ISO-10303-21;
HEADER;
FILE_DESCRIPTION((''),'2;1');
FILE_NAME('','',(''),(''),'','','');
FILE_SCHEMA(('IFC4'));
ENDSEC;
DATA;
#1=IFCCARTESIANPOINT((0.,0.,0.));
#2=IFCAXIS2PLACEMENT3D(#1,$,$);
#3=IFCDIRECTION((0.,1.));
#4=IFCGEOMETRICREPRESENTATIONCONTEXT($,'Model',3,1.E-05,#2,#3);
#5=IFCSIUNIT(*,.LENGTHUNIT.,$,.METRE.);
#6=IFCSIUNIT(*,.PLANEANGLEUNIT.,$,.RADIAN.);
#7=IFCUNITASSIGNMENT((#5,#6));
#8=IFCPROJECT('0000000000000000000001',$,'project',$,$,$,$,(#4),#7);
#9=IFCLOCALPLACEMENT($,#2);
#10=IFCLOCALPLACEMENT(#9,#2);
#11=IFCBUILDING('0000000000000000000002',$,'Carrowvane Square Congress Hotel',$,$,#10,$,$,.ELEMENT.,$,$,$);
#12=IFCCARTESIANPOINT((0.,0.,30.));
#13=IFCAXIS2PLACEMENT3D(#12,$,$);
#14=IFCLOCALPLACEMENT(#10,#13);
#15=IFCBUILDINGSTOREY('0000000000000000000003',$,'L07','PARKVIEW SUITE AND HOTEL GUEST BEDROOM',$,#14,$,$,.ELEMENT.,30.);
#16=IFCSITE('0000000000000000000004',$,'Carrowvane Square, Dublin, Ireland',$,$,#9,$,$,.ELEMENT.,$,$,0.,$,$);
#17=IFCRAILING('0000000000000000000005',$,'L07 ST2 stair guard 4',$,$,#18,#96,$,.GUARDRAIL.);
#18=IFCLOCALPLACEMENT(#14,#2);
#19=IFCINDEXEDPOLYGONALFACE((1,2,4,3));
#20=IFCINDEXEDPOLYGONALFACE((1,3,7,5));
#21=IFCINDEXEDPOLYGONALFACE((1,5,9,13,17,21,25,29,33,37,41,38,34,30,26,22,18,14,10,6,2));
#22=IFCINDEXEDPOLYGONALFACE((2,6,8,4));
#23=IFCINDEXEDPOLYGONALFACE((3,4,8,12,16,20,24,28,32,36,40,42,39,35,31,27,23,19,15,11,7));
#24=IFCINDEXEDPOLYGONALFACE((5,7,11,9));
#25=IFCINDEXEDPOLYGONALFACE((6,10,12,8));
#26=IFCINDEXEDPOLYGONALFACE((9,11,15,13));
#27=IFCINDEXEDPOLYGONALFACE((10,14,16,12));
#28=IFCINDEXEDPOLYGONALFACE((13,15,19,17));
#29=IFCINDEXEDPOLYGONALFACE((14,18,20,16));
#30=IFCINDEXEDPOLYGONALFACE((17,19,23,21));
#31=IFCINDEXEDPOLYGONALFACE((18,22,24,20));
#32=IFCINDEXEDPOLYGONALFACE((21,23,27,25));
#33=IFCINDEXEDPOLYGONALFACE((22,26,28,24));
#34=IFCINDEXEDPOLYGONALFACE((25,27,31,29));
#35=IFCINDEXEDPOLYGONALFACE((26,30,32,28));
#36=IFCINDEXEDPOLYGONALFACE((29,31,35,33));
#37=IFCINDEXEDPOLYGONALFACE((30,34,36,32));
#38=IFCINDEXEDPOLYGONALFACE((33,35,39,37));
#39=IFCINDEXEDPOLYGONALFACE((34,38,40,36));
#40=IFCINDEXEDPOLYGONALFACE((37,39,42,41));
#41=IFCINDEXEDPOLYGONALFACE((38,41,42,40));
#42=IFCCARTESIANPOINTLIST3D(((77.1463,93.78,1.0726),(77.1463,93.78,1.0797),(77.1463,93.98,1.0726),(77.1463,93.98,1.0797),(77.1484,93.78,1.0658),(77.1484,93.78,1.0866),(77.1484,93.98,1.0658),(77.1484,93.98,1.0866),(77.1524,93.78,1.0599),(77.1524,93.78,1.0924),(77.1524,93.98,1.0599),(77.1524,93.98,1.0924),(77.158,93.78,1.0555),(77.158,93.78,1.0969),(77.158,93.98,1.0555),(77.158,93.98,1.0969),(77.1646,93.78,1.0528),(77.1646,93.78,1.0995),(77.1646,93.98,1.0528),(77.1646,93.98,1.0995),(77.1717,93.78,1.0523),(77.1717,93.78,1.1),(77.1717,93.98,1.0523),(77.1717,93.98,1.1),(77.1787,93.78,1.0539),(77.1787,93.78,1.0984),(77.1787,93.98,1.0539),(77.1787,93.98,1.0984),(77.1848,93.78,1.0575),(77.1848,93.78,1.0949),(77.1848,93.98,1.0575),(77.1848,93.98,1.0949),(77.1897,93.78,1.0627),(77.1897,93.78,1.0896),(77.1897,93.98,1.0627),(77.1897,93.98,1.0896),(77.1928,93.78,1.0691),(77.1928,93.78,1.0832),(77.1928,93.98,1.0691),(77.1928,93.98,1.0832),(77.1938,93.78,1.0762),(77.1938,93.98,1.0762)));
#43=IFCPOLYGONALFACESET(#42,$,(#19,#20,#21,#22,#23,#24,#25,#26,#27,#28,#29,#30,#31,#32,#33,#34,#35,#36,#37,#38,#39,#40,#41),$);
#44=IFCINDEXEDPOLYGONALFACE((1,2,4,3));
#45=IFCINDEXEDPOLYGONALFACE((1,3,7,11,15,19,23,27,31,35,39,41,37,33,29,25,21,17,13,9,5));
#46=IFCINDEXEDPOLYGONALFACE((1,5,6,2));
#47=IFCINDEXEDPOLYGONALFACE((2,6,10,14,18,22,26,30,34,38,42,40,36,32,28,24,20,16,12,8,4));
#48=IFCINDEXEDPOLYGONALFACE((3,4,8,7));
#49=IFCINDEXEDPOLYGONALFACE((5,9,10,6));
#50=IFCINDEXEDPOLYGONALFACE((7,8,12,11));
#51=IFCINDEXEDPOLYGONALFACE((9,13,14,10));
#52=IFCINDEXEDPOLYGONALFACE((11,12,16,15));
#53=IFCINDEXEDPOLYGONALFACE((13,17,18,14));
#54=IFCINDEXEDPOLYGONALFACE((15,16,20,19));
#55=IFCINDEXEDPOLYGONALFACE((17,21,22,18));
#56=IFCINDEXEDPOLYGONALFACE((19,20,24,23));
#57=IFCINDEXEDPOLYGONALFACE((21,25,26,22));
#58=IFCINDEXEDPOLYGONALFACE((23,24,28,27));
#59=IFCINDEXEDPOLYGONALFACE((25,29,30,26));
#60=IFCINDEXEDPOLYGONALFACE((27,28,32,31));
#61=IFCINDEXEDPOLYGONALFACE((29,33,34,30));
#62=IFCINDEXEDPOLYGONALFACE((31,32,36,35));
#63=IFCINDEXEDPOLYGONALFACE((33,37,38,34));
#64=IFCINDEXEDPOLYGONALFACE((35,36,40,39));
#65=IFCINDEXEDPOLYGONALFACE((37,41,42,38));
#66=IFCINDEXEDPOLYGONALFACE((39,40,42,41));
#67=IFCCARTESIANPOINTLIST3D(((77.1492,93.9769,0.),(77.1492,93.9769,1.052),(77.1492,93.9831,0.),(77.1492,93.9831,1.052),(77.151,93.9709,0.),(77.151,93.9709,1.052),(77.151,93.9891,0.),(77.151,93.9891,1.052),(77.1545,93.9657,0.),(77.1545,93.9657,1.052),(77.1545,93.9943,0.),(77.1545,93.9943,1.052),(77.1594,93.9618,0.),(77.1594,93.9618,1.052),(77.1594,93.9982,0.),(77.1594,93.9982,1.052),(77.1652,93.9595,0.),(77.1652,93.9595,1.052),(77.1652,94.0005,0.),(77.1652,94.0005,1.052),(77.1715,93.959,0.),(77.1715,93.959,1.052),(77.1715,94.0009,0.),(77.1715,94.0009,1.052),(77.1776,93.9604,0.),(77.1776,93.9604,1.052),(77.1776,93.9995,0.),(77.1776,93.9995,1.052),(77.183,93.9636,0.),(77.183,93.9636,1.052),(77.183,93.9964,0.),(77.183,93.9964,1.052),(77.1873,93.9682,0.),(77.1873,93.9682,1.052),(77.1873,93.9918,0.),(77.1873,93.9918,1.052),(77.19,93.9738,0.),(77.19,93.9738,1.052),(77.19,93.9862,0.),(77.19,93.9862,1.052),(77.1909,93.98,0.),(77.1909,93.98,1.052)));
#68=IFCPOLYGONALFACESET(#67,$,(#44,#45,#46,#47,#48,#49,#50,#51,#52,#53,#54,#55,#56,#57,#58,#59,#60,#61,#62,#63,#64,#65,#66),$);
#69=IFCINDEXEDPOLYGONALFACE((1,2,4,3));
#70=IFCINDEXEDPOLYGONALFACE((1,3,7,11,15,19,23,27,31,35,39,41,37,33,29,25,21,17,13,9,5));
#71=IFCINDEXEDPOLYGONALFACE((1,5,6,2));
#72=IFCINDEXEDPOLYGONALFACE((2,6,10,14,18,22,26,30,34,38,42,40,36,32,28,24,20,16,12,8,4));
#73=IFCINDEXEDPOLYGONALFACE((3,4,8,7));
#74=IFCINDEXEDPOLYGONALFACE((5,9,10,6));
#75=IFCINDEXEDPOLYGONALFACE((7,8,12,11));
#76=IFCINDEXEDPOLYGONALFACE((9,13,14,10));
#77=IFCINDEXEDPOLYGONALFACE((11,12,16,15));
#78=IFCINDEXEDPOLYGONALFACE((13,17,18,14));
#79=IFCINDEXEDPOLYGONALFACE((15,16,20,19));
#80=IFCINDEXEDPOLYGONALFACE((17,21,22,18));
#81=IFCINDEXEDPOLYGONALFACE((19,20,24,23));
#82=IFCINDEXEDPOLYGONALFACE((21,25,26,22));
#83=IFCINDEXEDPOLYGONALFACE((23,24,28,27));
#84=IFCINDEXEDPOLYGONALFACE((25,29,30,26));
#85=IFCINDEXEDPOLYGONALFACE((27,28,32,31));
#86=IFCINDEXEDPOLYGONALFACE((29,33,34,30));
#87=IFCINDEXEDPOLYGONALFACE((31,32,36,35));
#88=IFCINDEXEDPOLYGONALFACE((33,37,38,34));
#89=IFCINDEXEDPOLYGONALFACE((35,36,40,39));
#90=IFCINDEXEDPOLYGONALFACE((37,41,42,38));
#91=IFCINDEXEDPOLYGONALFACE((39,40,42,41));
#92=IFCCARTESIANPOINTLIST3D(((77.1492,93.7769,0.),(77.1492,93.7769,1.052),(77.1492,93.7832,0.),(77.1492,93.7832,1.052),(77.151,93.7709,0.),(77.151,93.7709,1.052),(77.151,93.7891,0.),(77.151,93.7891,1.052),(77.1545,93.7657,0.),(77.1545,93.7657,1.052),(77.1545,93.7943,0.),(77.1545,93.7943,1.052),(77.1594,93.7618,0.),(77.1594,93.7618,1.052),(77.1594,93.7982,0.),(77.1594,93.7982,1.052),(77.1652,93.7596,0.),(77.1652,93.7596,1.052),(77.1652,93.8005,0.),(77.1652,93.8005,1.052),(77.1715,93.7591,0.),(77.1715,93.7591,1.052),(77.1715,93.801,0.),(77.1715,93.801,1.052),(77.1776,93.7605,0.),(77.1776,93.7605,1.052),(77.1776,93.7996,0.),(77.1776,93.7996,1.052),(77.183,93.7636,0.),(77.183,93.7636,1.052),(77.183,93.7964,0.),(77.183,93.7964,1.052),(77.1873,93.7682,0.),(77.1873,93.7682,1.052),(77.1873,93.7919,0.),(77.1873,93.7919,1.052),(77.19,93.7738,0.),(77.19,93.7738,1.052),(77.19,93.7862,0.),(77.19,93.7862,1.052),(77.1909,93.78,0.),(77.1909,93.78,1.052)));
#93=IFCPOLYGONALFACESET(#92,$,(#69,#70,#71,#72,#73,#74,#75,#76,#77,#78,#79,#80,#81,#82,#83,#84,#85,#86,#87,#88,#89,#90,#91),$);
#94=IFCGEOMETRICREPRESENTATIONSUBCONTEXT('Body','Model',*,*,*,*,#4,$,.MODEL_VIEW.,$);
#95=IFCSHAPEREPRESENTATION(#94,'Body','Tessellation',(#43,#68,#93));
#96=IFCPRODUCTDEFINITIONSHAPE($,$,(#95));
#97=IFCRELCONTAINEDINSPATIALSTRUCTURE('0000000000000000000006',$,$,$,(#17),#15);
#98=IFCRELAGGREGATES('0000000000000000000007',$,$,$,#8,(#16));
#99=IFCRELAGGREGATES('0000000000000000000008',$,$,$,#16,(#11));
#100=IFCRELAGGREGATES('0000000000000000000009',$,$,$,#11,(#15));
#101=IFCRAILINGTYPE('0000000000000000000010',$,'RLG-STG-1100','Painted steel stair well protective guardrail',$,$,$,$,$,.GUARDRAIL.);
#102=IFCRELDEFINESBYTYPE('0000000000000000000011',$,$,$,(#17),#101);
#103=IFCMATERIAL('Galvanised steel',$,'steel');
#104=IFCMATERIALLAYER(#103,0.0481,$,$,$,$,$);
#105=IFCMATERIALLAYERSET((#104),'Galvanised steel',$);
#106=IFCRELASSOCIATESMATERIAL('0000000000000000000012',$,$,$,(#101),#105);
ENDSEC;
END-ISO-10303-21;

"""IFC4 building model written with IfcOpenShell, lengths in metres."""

from ifc_helpers import new_model, si_unit, direction, frame, origin, origin_2d, place, context, subcontext, project, spatial, circle, extrude, material, layer, layer_set, type_object, element, save


model = new_model("IFC4")

# Units and contexts
model_context = context("Model", 3, precision=1e-05, world=origin(), true_north=direction((0.0, 1.0)))
body_context = subcontext(model_context, "Body", "Model", "MODEL_VIEW")
ifc_project = project(units=[si_unit("LENGTHUNIT", "METRE"), si_unit("PLANEANGLEUNIT", "RADIAN")], contexts=[model_context])

# Site, building, storey
site_placement = place(None, origin())
site = spatial("IfcSite", under=ifc_project, at=site_placement, Name="Carrowvane Square, Dublin, Ireland", CompositionType="ELEMENT", RefElevation=0.0)
building_placement = place(site_placement, origin())
building = spatial("IfcBuilding", under=site, at=building_placement, Name="Carrowvane Square Congress Hotel", CompositionType="ELEMENT")
storey_placement = place(building_placement, frame((0.0, 0.0, 30.0)))
storey = spatial("IfcBuildingStorey", under=building, at=storey_placement, Name="L07", Description="PARKVIEW SUITE AND HOTEL GUEST BEDROOM", CompositionType="ELEMENT", Elevation=30.0)

# Railing
ifc_material_1 = material(Name="Galvanised steel", Category="steel")
ifc_layer_1 = layer(ifc_material_1, 0.0481)
ifc_layer_set_1 = layer_set([ifc_layer_1], Name="Galvanised steel")
railing_type_1 = type_object("IfcRailingType", Name="RLG-STG-1100", Description="Painted steel stair well protective guardrail", PredefinedType="GUARDRAIL", material=ifc_layer_set_1)
railing_1_placement = place(storey_placement, frame((77.1699, 93.98, 0.0)))
element("IfcRailing", 1, at=railing_1_placement, inside=storey, type_object=railing_type_1, Name="L07 ST2 stair guard 4", PredefinedType="GUARDRAIL", context=body_context, shape_type="SweptSolid", body=[
    extrude(circle(Radius=0.0239, at=origin_2d()), frame((0.0, 0.0, 1.0762), z_axis=(0.0, -1.0, 0.0), x_axis=(1.0, 0.0, 0.0)), (0.0, 0.0, 1.0), 0.2),
    extrude(circle(Radius=0.021, at=origin_2d()), origin(), (0.0, 0.0, 1.0), 1.052),
    extrude(circle(Radius=0.021, at=origin_2d()), frame((0.0, -0.2, 0.0)), (0.0, 0.0, 1.0), 1.052),
])

save(model, "model.ifc")
